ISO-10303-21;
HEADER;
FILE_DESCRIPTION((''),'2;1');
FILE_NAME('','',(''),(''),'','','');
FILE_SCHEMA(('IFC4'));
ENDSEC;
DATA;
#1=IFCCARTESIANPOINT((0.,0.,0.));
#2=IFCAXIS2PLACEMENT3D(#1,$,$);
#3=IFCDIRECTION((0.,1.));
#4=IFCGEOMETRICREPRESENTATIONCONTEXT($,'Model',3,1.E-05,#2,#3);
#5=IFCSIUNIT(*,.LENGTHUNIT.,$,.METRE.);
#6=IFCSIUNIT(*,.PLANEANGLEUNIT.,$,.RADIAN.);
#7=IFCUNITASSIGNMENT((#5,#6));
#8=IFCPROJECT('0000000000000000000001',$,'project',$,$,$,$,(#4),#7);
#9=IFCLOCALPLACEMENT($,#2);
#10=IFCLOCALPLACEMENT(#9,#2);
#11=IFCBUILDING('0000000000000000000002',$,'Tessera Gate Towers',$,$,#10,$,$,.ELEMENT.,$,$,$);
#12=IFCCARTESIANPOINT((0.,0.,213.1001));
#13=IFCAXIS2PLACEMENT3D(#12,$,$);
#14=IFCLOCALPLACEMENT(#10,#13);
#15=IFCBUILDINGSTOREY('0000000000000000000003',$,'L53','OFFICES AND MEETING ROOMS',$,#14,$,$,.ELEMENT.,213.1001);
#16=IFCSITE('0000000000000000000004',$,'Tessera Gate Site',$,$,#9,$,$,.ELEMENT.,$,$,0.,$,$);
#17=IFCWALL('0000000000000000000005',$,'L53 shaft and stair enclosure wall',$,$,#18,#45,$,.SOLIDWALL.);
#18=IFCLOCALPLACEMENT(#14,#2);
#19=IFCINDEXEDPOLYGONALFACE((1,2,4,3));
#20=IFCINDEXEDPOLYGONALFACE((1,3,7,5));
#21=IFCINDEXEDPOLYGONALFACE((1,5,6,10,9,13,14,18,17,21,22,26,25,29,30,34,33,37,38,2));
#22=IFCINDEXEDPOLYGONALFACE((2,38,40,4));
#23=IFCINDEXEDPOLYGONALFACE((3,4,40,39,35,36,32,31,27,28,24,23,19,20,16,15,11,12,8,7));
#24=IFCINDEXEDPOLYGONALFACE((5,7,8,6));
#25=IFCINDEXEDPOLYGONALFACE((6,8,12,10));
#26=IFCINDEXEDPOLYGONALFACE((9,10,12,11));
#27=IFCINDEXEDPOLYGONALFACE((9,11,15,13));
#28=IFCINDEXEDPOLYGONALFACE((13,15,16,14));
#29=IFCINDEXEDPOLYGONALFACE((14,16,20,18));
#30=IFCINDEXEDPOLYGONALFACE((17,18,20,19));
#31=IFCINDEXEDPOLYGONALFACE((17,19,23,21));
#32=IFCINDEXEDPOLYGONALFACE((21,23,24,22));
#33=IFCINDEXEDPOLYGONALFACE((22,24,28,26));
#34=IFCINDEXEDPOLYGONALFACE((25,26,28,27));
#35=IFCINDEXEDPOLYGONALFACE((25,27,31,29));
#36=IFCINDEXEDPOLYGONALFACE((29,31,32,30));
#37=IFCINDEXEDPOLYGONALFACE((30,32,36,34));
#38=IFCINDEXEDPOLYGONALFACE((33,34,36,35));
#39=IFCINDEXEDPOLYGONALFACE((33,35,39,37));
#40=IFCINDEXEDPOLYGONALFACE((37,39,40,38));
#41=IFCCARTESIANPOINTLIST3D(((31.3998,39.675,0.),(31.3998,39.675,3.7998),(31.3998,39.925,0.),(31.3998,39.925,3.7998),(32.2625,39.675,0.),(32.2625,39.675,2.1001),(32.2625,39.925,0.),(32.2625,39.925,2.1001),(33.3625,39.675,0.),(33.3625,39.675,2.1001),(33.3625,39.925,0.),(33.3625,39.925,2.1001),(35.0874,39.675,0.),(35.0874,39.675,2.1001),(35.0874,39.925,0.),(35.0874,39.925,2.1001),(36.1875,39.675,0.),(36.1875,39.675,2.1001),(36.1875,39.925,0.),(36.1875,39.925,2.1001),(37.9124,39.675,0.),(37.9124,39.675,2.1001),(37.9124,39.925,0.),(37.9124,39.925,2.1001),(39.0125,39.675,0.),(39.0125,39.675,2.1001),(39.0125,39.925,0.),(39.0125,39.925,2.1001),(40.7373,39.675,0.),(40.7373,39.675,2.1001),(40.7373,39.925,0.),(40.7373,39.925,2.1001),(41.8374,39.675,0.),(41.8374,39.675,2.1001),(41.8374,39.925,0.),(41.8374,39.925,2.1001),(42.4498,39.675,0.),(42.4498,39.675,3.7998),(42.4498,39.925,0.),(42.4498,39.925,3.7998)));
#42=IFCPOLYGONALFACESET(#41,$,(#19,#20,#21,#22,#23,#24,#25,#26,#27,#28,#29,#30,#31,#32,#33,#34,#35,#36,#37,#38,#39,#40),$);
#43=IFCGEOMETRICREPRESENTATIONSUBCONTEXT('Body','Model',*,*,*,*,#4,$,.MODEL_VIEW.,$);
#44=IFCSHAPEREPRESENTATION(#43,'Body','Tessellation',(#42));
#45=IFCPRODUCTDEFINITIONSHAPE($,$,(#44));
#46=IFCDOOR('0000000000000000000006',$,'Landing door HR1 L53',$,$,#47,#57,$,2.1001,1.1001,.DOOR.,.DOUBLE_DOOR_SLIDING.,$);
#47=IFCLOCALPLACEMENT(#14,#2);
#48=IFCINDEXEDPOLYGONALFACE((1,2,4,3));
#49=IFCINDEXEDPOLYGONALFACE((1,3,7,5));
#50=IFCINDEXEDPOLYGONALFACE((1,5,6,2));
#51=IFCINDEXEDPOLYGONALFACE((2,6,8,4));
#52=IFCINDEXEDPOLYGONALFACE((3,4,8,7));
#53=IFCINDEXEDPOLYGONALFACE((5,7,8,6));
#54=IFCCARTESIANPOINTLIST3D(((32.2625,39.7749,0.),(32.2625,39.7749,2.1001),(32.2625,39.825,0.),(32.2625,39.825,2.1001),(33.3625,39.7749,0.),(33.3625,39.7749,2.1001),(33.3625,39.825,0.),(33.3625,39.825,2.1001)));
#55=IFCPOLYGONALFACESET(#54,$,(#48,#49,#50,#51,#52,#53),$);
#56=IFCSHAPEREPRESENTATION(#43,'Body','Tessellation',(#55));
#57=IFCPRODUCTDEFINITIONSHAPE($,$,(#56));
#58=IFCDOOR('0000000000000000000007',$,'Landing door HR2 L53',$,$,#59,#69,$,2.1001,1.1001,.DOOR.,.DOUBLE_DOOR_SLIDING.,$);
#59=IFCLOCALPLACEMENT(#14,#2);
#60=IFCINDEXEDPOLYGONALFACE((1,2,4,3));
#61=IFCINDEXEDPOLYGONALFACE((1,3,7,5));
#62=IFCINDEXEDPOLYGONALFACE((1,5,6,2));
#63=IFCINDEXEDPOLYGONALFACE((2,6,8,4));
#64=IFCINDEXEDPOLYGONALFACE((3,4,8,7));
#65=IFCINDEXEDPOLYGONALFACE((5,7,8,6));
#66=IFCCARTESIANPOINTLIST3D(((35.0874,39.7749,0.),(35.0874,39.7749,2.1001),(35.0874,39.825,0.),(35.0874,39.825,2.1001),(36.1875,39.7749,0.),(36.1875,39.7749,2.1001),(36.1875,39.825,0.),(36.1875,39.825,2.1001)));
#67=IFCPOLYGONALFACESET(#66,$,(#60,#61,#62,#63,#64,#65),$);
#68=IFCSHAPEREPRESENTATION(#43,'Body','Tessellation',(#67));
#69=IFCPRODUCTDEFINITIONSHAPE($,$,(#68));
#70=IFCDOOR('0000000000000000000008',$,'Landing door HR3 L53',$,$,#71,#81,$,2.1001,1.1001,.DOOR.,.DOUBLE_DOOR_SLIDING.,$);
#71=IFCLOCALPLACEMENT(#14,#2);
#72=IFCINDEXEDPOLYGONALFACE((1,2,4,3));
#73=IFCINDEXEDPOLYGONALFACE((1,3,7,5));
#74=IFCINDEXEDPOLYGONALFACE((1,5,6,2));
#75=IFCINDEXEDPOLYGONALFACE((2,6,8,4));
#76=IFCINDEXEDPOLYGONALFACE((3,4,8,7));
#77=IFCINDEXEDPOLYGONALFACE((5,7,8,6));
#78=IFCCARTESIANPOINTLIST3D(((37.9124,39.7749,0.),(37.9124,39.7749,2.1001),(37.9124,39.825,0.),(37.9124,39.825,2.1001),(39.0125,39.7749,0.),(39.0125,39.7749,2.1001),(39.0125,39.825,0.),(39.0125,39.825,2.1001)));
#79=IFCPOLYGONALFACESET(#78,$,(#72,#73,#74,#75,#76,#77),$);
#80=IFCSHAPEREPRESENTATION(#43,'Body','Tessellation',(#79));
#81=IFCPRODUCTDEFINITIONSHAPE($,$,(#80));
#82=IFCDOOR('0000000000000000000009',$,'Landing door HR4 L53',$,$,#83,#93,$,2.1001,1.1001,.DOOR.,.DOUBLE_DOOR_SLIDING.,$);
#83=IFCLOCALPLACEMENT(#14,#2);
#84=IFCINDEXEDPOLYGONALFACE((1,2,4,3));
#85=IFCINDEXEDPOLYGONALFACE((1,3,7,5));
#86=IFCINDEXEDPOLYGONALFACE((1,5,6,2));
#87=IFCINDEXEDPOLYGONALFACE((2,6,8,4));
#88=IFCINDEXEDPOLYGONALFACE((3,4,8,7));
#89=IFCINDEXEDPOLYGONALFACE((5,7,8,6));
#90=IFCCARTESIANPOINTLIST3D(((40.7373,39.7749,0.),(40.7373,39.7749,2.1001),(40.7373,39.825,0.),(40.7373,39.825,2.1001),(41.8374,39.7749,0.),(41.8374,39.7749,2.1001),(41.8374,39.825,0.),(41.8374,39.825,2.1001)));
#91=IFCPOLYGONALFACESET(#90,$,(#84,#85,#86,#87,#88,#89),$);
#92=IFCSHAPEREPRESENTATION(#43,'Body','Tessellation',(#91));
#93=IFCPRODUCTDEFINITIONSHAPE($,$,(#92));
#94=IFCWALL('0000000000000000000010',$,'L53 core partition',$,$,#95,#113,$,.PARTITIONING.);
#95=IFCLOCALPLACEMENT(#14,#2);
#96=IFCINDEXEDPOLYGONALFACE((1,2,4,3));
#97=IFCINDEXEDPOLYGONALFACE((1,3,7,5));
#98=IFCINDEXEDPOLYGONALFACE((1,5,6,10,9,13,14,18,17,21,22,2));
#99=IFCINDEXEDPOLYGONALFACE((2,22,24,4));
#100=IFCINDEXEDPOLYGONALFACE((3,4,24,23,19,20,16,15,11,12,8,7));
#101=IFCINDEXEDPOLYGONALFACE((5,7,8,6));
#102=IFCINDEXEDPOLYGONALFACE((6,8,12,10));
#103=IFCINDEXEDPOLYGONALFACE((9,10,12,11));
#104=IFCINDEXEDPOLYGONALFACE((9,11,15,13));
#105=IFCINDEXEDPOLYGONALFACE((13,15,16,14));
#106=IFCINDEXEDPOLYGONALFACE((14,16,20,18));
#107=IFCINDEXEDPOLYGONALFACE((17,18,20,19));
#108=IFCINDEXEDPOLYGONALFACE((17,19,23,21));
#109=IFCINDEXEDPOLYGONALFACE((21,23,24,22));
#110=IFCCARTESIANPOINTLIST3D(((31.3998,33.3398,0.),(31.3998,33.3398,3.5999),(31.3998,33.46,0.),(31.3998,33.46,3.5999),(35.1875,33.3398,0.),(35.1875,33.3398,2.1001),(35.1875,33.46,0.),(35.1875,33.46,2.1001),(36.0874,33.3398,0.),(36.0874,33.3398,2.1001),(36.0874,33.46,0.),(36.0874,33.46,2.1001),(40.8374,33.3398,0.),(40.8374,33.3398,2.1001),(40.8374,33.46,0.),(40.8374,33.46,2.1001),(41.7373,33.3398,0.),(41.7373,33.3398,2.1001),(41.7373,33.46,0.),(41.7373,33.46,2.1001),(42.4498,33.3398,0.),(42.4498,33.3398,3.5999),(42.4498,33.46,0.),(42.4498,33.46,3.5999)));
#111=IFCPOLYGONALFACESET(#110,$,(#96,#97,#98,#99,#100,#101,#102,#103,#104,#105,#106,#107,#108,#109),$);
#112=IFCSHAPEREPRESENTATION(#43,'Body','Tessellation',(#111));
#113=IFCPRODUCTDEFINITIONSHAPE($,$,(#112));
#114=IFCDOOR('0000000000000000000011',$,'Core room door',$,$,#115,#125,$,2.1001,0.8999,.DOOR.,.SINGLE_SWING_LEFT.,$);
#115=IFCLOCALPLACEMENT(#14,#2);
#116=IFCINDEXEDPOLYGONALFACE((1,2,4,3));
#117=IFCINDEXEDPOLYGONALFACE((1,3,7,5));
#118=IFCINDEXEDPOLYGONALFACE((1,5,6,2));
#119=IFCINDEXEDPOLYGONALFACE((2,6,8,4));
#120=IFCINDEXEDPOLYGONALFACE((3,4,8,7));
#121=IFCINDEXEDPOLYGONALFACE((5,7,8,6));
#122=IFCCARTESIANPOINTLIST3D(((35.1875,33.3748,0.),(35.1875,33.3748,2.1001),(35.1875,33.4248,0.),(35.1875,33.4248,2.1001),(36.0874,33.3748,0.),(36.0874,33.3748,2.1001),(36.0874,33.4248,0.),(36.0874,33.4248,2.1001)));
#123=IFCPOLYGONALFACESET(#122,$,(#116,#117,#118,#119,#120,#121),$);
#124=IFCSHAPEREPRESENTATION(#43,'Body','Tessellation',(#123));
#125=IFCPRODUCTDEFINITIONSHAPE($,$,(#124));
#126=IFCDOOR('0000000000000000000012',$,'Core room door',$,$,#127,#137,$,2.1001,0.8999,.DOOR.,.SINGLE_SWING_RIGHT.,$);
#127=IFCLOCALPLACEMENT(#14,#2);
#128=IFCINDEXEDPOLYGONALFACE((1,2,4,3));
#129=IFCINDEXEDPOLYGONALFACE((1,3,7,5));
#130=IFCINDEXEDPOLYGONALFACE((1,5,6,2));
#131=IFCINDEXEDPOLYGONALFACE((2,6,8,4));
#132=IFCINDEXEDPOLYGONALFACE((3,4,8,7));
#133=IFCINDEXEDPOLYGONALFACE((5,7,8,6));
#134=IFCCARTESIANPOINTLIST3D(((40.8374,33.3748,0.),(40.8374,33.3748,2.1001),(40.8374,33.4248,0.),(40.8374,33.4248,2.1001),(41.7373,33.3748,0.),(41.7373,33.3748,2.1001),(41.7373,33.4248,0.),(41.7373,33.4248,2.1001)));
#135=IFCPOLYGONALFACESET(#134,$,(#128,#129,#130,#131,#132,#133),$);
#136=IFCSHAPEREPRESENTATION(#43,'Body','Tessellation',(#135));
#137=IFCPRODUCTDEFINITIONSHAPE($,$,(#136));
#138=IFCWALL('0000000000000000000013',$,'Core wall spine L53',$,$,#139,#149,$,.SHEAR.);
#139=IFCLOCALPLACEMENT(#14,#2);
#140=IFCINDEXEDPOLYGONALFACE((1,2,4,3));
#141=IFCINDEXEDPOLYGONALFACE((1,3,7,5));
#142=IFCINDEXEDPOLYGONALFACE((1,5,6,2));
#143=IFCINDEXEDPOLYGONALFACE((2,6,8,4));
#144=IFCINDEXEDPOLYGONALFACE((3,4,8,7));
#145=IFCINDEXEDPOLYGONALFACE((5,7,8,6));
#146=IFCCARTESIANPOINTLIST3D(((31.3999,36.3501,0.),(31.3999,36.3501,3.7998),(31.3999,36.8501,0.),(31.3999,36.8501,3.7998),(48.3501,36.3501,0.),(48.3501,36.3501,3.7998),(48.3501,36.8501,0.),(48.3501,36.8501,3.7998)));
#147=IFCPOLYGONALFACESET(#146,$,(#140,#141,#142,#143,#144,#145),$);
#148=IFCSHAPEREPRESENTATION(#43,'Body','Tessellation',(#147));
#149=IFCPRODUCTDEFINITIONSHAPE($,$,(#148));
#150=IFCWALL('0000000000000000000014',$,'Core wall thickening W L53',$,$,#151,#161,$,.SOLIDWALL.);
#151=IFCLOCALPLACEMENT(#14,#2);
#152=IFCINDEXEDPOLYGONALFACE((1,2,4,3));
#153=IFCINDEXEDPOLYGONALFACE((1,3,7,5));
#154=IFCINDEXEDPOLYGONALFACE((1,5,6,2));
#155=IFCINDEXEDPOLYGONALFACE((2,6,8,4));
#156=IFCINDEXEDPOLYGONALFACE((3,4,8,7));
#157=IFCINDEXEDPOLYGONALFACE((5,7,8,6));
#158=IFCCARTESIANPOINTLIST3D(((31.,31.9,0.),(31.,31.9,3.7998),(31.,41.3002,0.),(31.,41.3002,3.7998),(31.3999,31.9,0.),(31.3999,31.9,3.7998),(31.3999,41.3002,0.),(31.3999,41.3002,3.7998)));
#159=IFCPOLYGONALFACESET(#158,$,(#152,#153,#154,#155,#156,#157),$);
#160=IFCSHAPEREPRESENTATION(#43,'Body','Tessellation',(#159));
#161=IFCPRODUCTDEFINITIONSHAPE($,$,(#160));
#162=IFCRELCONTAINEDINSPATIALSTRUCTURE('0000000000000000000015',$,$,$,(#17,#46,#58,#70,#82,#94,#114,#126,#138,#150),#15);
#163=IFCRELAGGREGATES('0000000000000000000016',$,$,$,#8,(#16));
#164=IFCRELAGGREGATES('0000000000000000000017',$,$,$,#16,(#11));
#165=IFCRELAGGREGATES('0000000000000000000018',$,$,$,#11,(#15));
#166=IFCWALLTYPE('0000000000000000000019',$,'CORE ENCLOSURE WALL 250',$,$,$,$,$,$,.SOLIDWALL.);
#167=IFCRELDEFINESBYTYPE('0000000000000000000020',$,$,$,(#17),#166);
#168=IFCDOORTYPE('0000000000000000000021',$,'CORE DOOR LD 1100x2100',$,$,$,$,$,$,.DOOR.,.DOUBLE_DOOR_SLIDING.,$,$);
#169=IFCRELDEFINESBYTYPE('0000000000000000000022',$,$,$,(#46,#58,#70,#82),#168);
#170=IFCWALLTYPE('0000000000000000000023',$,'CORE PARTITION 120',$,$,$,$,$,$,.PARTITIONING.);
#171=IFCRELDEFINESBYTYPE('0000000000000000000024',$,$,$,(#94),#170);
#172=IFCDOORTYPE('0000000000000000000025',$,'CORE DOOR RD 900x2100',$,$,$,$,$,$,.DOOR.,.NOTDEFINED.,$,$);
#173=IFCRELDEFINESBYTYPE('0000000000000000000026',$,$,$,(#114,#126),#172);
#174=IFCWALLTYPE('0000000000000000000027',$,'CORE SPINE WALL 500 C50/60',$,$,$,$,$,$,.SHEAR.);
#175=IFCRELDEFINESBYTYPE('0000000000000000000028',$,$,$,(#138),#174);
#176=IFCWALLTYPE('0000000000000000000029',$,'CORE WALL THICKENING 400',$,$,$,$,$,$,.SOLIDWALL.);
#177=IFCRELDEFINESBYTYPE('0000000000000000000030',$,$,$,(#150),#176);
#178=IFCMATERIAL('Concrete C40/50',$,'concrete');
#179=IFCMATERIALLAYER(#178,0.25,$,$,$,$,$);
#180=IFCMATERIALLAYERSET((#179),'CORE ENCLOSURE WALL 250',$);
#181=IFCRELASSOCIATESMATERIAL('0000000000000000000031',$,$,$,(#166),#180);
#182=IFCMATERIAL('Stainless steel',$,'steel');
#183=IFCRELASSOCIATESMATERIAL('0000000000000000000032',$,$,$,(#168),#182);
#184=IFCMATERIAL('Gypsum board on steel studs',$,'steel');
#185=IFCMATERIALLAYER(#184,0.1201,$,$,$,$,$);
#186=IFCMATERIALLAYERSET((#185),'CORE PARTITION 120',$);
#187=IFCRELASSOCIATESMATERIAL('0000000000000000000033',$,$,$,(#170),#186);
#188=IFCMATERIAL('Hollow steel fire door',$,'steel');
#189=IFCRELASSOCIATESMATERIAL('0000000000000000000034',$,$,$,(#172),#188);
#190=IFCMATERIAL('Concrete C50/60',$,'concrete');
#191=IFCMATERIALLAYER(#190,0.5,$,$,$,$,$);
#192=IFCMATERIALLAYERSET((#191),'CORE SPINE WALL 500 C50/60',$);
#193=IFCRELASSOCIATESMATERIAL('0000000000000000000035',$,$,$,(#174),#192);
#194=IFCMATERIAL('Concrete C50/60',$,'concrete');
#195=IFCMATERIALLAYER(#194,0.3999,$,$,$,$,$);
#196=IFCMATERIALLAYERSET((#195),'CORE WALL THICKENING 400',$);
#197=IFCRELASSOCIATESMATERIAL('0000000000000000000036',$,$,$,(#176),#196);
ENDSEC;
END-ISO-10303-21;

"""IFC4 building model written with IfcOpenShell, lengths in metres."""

from ifc_helpers import new_model, si_unit, direction, frame, frame_2d, origin, place, context, subcontext, project, spatial, rectangle, extrude, source, transform, mapped, material, layer, layer_set, type_object, element, fill, save


model = new_model("IFC4")

# Units and contexts
model_context = context("Model", 3, precision=1e-05, world=origin(), true_north=direction((0.0, 1.0)))
body_context = subcontext(model_context, "Body", "Model", "MODEL_VIEW")
ifc_project = project(units=[si_unit("LENGTHUNIT", "METRE"), si_unit("PLANEANGLEUNIT", "RADIAN")], contexts=[model_context])

# Site, building, storey
site_placement = place(None, origin())
site = spatial("IfcSite", under=ifc_project, at=site_placement, Name="Tessera Gate Site", CompositionType="ELEMENT", RefElevation=0.0)
building_placement = place(site_placement, origin())
building = spatial("IfcBuilding", under=site, at=building_placement, Name="Tessera Gate Towers", CompositionType="ELEMENT")
storey_placement = place(building_placement, frame((0.0, 0.0, 213.1001)))
storey = spatial("IfcBuildingStorey", under=building, at=storey_placement, Name="L53", Description="OFFICES AND MEETING ROOMS", CompositionType="ELEMENT", Elevation=213.1001)

# Walls, openings, doors
ifc_material_1 = material(Name="Concrete C40/50", Category="concrete")
ifc_layer_1 = layer(ifc_material_1, 0.25)
ifc_layer_set_1 = layer_set([ifc_layer_1], Name="CORE ENCLOSURE WALL 250")
wall_type_1 = type_object("IfcWallType", Name="CORE ENCLOSURE WALL 250", PredefinedType="SOLIDWALL", material=ifc_layer_set_1)
wall_1_placement = place(storey_placement, frame((31.3999, 39.8, 0.0), z_axis=(0.0, 0.0, 1.0), x_axis=(1.0, 0.0, 0.0)))
wall_1 = element("IfcWall", 1, at=wall_1_placement, inside=storey, type_object=wall_type_1, Name="L53 shaft and stair enclosure wall", PredefinedType="SOLIDWALL", context=body_context, shape_type="SweptSolid", body=[
    extrude(rectangle(XDim=11.05, YDim=0.25, at=frame_2d((5.5249, 0.0))), origin(), (0.0, 0.0, 1.0), 3.7998),
])
shared_shape_1 = source(origin(), body_context, "Body", "SweptSolid", [
    extrude(rectangle(XDim=1.1001, YDim=2.1001, at=frame_2d((0.55, 1.05))), frame((0.0, 0.135, 0.0), z_axis=(0.0, -1.0, 0.0), x_axis=(1.0, 0.0, 0.0)), (0.0, 0.0, 1.0), 0.27),
])
opening_1_placement = place(wall_1_placement, frame((0.8625, 0.0, 0.0)))
opening_1 = element("IfcOpeningElement", 2, at=opening_1_placement, cuts=wall_1, PredefinedType="OPENING", context=body_context, shape_type="MappedRepresentation", body=[
    mapped(shared_shape_1, transform((0.0, 0.0, 0.0), scale=1.0)),
])
opening_2_placement = place(wall_1_placement, frame((3.6875, 0.0, 0.0)))
opening_2 = element("IfcOpeningElement", 3, at=opening_2_placement, cuts=wall_1, PredefinedType="OPENING", context=body_context, shape_type="MappedRepresentation", body=[
    mapped(shared_shape_1, transform((0.0, 0.0, 0.0), scale=1.0)),
])
opening_3_placement = place(wall_1_placement, frame((6.5125, 0.0, 0.0)))
opening_3 = element("IfcOpeningElement", 4, at=opening_3_placement, cuts=wall_1, PredefinedType="OPENING", context=body_context, shape_type="MappedRepresentation", body=[
    mapped(shared_shape_1, transform((0.0, 0.0, 0.0), scale=1.0)),
])
opening_4_placement = place(wall_1_placement, frame((9.3374, 0.0, 0.0)))
opening_4 = element("IfcOpeningElement", 5, at=opening_4_placement, cuts=wall_1, PredefinedType="OPENING", context=body_context, shape_type="MappedRepresentation", body=[
    mapped(shared_shape_1, transform((0.0, 0.0, 0.0), scale=1.0)),
])
ifc_material_2 = material(Name="Stainless steel", Category="steel")
door_type_1 = type_object("IfcDoorType", Name="CORE DOOR LD 1100x2100", OperationType="DOUBLE_DOOR_SLIDING", PredefinedType="DOOR", material=ifc_material_2)
shared_shape_2 = source(origin(), body_context, "Body", "SweptSolid", [
    extrude(rectangle(XDim=1.1001, YDim=2.1001, at=frame_2d((0.55, 1.05))), frame((0.0, 0.0249, 0.0), z_axis=(0.0, -1.0, 0.0), x_axis=(1.0, 0.0, 0.0)), (0.0, 0.0, 1.0), 0.05),
])
door_1_placement = place(opening_1_placement, origin())
door_1 = element("IfcDoor", 6, at=door_1_placement, inside=storey, type_object=door_type_1, Name="Landing door HR1 L53", OperationType="DOUBLE_DOOR_SLIDING", OverallHeight=2.1001, OverallWidth=1.1001, PredefinedType="DOOR", context=body_context, shape_type="MappedRepresentation", body=[
    mapped(shared_shape_2, transform((0.0, 0.0, 0.0), scale=1.0)),
])
fill(opening_1, door_1)
door_2_placement = place(opening_2_placement, origin())
door_2 = element("IfcDoor", 7, at=door_2_placement, inside=storey, type_object=door_type_1, Name="Landing door HR2 L53", OperationType="DOUBLE_DOOR_SLIDING", OverallHeight=2.1001, OverallWidth=1.1001, PredefinedType="DOOR", context=body_context, shape_type="MappedRepresentation", body=[
    mapped(shared_shape_2, transform((0.0, 0.0, 0.0), scale=1.0)),
])
fill(opening_2, door_2)
door_3_placement = place(opening_3_placement, origin())
door_3 = element("IfcDoor", 8, at=door_3_placement, inside=storey, type_object=door_type_1, Name="Landing door HR3 L53", OperationType="DOUBLE_DOOR_SLIDING", OverallHeight=2.1001, OverallWidth=1.1001, PredefinedType="DOOR", context=body_context, shape_type="MappedRepresentation", body=[
    mapped(shared_shape_2, transform((0.0, 0.0, 0.0), scale=1.0)),
])
fill(opening_3, door_3)
door_4_placement = place(opening_4_placement, origin())
door_4 = element("IfcDoor", 9, at=door_4_placement, inside=storey, type_object=door_type_1, Name="Landing door HR4 L53", OperationType="DOUBLE_DOOR_SLIDING", OverallHeight=2.1001, OverallWidth=1.1001, PredefinedType="DOOR", context=body_context, shape_type="MappedRepresentation", body=[
    mapped(shared_shape_2, transform((0.0, 0.0, 0.0), scale=1.0)),
])
fill(opening_4, door_4)
ifc_material_3 = material(Name="Gypsum board on steel studs", Category="steel")
ifc_layer_2 = layer(ifc_material_3, 0.1201)
ifc_layer_set_2 = layer_set([ifc_layer_2], Name="CORE PARTITION 120")
wall_type_2 = type_object("IfcWallType", Name="CORE PARTITION 120", PredefinedType="PARTITIONING", material=ifc_layer_set_2)
wall_2_placement = place(storey_placement, frame((31.3999, 33.3999, 0.0), z_axis=(0.0, 0.0, 1.0), x_axis=(1.0, 0.0, 0.0)))
wall_2 = element("IfcWall", 10, at=wall_2_placement, inside=storey, type_object=wall_type_2, Name="L53 core partition", PredefinedType="PARTITIONING", context=body_context, shape_type="SweptSolid", body=[
    extrude(rectangle(XDim=11.05, YDim=0.1201, at=frame_2d((5.5249, 0.0))), origin(), (0.0, 0.0, 1.0), 3.5999),
])
shared_shape_3 = source(origin(), body_context, "Body", "SweptSolid", [
    extrude(rectangle(XDim=0.8999, YDim=2.1001, at=frame_2d((0.45, 1.05))), frame((0.0, 0.0701, 0.0), z_axis=(0.0, -1.0, 0.0), x_axis=(1.0, 0.0, 0.0)), (0.0, 0.0, 1.0), 0.1401),
])
opening_5_placement = place(wall_2_placement, frame((3.7876, 0.0, 0.0)))
opening_5 = element("IfcOpeningElement", 11, at=opening_5_placement, cuts=wall_2, PredefinedType="OPENING", context=body_context, shape_type="MappedRepresentation", body=[
    mapped(shared_shape_3, transform((0.0, 0.0, 0.0), scale=1.0)),
])
opening_6_placement = place(wall_2_placement, frame((9.4375, 0.0, 0.0)))
opening_6 = element("IfcOpeningElement", 12, at=opening_6_placement, cuts=wall_2, PredefinedType="OPENING", context=body_context, shape_type="MappedRepresentation", body=[
    mapped(shared_shape_3, transform((0.0, 0.0, 0.0), scale=1.0)),
])
ifc_material_4 = material(Name="Hollow steel fire door", Category="steel")
door_type_2 = type_object("IfcDoorType", Name="CORE DOOR RD 900x2100", OperationType="NOTDEFINED", PredefinedType="DOOR", material=ifc_material_4)
shared_shape_4 = source(origin(), body_context, "Body", "SweptSolid", [
    extrude(rectangle(XDim=0.8999, YDim=2.1001, at=frame_2d((0.45, 1.05))), frame((0.0, 0.0249, 0.0), z_axis=(0.0, -1.0, 0.0), x_axis=(1.0, 0.0, 0.0)), (0.0, 0.0, 1.0), 0.05),
])
door_5_placement = place(opening_5_placement, origin())
door_5 = element("IfcDoor", 13, at=door_5_placement, inside=storey, type_object=door_type_2, Name="Core room door", OperationType="SINGLE_SWING_LEFT", OverallHeight=2.1001, OverallWidth=0.8999, PredefinedType="DOOR", context=body_context, shape_type="MappedRepresentation", body=[
    mapped(shared_shape_4, transform((0.0, 0.0, 0.0), scale=1.0)),
])
fill(opening_5, door_5)
door_6_placement = place(opening_6_placement, origin())
door_6 = element("IfcDoor", 14, at=door_6_placement, inside=storey, type_object=door_type_2, Name="Core room door", OperationType="SINGLE_SWING_RIGHT", OverallHeight=2.1001, OverallWidth=0.8999, PredefinedType="DOOR", context=body_context, shape_type="MappedRepresentation", body=[
    mapped(shared_shape_4, transform((0.0, 0.0, 0.0), scale=1.0)),
])
fill(opening_6, door_6)

# Walls
ifc_material_5 = material(Name="Concrete C50/60", Category="concrete")
ifc_layer_3 = layer(ifc_material_5, 0.5)
ifc_layer_set_3 = layer_set([ifc_layer_3], Name="CORE SPINE WALL 500 C50/60")
wall_type_3 = type_object("IfcWallType", Name="CORE SPINE WALL 500 C50/60", PredefinedType="SHEAR", material=ifc_layer_set_3)
wall_3_placement = place(storey_placement, frame((31.3999, 36.6001, 0.0), z_axis=(0.0, 0.0, 1.0), x_axis=(1.0, 0.0, 0.0)))
element("IfcWall", 15, at=wall_3_placement, inside=storey, type_object=wall_type_3, Name="Core wall spine L53", PredefinedType="SHEAR", context=body_context, shape_type="SweptSolid", body=[
    extrude(rectangle(XDim=16.9502, YDim=0.5, at=frame_2d((8.4751, 0.0))), origin(), (0.0, 0.0, 1.0), 3.7998),
])
ifc_material_6 = material(Name="Concrete C50/60", Category="concrete")
ifc_layer_4 = layer(ifc_material_6, 0.3999)
ifc_layer_set_4 = layer_set([ifc_layer_4], Name="CORE WALL THICKENING 400")
wall_type_4 = type_object("IfcWallType", Name="CORE WALL THICKENING 400", PredefinedType="SOLIDWALL", material=ifc_layer_set_4)
wall_4_placement = place(storey_placement, frame((31.2, 31.8999, 0.0), z_axis=(0.0, 0.0, 1.0), x_axis=(0.0, 1.0, 0.0)))
element("IfcWall", 16, at=wall_4_placement, inside=storey, type_object=wall_type_4, Name="Core wall thickening W L53", PredefinedType="SOLIDWALL", context=body_context, shape_type="SweptSolid", body=[
    extrude(rectangle(XDim=9.4001, YDim=0.3999, at=frame_2d((4.7002, 0.0))), origin(), (0.0, 0.0, 1.0), 3.7998),
])

save(model, "model.ifc")
